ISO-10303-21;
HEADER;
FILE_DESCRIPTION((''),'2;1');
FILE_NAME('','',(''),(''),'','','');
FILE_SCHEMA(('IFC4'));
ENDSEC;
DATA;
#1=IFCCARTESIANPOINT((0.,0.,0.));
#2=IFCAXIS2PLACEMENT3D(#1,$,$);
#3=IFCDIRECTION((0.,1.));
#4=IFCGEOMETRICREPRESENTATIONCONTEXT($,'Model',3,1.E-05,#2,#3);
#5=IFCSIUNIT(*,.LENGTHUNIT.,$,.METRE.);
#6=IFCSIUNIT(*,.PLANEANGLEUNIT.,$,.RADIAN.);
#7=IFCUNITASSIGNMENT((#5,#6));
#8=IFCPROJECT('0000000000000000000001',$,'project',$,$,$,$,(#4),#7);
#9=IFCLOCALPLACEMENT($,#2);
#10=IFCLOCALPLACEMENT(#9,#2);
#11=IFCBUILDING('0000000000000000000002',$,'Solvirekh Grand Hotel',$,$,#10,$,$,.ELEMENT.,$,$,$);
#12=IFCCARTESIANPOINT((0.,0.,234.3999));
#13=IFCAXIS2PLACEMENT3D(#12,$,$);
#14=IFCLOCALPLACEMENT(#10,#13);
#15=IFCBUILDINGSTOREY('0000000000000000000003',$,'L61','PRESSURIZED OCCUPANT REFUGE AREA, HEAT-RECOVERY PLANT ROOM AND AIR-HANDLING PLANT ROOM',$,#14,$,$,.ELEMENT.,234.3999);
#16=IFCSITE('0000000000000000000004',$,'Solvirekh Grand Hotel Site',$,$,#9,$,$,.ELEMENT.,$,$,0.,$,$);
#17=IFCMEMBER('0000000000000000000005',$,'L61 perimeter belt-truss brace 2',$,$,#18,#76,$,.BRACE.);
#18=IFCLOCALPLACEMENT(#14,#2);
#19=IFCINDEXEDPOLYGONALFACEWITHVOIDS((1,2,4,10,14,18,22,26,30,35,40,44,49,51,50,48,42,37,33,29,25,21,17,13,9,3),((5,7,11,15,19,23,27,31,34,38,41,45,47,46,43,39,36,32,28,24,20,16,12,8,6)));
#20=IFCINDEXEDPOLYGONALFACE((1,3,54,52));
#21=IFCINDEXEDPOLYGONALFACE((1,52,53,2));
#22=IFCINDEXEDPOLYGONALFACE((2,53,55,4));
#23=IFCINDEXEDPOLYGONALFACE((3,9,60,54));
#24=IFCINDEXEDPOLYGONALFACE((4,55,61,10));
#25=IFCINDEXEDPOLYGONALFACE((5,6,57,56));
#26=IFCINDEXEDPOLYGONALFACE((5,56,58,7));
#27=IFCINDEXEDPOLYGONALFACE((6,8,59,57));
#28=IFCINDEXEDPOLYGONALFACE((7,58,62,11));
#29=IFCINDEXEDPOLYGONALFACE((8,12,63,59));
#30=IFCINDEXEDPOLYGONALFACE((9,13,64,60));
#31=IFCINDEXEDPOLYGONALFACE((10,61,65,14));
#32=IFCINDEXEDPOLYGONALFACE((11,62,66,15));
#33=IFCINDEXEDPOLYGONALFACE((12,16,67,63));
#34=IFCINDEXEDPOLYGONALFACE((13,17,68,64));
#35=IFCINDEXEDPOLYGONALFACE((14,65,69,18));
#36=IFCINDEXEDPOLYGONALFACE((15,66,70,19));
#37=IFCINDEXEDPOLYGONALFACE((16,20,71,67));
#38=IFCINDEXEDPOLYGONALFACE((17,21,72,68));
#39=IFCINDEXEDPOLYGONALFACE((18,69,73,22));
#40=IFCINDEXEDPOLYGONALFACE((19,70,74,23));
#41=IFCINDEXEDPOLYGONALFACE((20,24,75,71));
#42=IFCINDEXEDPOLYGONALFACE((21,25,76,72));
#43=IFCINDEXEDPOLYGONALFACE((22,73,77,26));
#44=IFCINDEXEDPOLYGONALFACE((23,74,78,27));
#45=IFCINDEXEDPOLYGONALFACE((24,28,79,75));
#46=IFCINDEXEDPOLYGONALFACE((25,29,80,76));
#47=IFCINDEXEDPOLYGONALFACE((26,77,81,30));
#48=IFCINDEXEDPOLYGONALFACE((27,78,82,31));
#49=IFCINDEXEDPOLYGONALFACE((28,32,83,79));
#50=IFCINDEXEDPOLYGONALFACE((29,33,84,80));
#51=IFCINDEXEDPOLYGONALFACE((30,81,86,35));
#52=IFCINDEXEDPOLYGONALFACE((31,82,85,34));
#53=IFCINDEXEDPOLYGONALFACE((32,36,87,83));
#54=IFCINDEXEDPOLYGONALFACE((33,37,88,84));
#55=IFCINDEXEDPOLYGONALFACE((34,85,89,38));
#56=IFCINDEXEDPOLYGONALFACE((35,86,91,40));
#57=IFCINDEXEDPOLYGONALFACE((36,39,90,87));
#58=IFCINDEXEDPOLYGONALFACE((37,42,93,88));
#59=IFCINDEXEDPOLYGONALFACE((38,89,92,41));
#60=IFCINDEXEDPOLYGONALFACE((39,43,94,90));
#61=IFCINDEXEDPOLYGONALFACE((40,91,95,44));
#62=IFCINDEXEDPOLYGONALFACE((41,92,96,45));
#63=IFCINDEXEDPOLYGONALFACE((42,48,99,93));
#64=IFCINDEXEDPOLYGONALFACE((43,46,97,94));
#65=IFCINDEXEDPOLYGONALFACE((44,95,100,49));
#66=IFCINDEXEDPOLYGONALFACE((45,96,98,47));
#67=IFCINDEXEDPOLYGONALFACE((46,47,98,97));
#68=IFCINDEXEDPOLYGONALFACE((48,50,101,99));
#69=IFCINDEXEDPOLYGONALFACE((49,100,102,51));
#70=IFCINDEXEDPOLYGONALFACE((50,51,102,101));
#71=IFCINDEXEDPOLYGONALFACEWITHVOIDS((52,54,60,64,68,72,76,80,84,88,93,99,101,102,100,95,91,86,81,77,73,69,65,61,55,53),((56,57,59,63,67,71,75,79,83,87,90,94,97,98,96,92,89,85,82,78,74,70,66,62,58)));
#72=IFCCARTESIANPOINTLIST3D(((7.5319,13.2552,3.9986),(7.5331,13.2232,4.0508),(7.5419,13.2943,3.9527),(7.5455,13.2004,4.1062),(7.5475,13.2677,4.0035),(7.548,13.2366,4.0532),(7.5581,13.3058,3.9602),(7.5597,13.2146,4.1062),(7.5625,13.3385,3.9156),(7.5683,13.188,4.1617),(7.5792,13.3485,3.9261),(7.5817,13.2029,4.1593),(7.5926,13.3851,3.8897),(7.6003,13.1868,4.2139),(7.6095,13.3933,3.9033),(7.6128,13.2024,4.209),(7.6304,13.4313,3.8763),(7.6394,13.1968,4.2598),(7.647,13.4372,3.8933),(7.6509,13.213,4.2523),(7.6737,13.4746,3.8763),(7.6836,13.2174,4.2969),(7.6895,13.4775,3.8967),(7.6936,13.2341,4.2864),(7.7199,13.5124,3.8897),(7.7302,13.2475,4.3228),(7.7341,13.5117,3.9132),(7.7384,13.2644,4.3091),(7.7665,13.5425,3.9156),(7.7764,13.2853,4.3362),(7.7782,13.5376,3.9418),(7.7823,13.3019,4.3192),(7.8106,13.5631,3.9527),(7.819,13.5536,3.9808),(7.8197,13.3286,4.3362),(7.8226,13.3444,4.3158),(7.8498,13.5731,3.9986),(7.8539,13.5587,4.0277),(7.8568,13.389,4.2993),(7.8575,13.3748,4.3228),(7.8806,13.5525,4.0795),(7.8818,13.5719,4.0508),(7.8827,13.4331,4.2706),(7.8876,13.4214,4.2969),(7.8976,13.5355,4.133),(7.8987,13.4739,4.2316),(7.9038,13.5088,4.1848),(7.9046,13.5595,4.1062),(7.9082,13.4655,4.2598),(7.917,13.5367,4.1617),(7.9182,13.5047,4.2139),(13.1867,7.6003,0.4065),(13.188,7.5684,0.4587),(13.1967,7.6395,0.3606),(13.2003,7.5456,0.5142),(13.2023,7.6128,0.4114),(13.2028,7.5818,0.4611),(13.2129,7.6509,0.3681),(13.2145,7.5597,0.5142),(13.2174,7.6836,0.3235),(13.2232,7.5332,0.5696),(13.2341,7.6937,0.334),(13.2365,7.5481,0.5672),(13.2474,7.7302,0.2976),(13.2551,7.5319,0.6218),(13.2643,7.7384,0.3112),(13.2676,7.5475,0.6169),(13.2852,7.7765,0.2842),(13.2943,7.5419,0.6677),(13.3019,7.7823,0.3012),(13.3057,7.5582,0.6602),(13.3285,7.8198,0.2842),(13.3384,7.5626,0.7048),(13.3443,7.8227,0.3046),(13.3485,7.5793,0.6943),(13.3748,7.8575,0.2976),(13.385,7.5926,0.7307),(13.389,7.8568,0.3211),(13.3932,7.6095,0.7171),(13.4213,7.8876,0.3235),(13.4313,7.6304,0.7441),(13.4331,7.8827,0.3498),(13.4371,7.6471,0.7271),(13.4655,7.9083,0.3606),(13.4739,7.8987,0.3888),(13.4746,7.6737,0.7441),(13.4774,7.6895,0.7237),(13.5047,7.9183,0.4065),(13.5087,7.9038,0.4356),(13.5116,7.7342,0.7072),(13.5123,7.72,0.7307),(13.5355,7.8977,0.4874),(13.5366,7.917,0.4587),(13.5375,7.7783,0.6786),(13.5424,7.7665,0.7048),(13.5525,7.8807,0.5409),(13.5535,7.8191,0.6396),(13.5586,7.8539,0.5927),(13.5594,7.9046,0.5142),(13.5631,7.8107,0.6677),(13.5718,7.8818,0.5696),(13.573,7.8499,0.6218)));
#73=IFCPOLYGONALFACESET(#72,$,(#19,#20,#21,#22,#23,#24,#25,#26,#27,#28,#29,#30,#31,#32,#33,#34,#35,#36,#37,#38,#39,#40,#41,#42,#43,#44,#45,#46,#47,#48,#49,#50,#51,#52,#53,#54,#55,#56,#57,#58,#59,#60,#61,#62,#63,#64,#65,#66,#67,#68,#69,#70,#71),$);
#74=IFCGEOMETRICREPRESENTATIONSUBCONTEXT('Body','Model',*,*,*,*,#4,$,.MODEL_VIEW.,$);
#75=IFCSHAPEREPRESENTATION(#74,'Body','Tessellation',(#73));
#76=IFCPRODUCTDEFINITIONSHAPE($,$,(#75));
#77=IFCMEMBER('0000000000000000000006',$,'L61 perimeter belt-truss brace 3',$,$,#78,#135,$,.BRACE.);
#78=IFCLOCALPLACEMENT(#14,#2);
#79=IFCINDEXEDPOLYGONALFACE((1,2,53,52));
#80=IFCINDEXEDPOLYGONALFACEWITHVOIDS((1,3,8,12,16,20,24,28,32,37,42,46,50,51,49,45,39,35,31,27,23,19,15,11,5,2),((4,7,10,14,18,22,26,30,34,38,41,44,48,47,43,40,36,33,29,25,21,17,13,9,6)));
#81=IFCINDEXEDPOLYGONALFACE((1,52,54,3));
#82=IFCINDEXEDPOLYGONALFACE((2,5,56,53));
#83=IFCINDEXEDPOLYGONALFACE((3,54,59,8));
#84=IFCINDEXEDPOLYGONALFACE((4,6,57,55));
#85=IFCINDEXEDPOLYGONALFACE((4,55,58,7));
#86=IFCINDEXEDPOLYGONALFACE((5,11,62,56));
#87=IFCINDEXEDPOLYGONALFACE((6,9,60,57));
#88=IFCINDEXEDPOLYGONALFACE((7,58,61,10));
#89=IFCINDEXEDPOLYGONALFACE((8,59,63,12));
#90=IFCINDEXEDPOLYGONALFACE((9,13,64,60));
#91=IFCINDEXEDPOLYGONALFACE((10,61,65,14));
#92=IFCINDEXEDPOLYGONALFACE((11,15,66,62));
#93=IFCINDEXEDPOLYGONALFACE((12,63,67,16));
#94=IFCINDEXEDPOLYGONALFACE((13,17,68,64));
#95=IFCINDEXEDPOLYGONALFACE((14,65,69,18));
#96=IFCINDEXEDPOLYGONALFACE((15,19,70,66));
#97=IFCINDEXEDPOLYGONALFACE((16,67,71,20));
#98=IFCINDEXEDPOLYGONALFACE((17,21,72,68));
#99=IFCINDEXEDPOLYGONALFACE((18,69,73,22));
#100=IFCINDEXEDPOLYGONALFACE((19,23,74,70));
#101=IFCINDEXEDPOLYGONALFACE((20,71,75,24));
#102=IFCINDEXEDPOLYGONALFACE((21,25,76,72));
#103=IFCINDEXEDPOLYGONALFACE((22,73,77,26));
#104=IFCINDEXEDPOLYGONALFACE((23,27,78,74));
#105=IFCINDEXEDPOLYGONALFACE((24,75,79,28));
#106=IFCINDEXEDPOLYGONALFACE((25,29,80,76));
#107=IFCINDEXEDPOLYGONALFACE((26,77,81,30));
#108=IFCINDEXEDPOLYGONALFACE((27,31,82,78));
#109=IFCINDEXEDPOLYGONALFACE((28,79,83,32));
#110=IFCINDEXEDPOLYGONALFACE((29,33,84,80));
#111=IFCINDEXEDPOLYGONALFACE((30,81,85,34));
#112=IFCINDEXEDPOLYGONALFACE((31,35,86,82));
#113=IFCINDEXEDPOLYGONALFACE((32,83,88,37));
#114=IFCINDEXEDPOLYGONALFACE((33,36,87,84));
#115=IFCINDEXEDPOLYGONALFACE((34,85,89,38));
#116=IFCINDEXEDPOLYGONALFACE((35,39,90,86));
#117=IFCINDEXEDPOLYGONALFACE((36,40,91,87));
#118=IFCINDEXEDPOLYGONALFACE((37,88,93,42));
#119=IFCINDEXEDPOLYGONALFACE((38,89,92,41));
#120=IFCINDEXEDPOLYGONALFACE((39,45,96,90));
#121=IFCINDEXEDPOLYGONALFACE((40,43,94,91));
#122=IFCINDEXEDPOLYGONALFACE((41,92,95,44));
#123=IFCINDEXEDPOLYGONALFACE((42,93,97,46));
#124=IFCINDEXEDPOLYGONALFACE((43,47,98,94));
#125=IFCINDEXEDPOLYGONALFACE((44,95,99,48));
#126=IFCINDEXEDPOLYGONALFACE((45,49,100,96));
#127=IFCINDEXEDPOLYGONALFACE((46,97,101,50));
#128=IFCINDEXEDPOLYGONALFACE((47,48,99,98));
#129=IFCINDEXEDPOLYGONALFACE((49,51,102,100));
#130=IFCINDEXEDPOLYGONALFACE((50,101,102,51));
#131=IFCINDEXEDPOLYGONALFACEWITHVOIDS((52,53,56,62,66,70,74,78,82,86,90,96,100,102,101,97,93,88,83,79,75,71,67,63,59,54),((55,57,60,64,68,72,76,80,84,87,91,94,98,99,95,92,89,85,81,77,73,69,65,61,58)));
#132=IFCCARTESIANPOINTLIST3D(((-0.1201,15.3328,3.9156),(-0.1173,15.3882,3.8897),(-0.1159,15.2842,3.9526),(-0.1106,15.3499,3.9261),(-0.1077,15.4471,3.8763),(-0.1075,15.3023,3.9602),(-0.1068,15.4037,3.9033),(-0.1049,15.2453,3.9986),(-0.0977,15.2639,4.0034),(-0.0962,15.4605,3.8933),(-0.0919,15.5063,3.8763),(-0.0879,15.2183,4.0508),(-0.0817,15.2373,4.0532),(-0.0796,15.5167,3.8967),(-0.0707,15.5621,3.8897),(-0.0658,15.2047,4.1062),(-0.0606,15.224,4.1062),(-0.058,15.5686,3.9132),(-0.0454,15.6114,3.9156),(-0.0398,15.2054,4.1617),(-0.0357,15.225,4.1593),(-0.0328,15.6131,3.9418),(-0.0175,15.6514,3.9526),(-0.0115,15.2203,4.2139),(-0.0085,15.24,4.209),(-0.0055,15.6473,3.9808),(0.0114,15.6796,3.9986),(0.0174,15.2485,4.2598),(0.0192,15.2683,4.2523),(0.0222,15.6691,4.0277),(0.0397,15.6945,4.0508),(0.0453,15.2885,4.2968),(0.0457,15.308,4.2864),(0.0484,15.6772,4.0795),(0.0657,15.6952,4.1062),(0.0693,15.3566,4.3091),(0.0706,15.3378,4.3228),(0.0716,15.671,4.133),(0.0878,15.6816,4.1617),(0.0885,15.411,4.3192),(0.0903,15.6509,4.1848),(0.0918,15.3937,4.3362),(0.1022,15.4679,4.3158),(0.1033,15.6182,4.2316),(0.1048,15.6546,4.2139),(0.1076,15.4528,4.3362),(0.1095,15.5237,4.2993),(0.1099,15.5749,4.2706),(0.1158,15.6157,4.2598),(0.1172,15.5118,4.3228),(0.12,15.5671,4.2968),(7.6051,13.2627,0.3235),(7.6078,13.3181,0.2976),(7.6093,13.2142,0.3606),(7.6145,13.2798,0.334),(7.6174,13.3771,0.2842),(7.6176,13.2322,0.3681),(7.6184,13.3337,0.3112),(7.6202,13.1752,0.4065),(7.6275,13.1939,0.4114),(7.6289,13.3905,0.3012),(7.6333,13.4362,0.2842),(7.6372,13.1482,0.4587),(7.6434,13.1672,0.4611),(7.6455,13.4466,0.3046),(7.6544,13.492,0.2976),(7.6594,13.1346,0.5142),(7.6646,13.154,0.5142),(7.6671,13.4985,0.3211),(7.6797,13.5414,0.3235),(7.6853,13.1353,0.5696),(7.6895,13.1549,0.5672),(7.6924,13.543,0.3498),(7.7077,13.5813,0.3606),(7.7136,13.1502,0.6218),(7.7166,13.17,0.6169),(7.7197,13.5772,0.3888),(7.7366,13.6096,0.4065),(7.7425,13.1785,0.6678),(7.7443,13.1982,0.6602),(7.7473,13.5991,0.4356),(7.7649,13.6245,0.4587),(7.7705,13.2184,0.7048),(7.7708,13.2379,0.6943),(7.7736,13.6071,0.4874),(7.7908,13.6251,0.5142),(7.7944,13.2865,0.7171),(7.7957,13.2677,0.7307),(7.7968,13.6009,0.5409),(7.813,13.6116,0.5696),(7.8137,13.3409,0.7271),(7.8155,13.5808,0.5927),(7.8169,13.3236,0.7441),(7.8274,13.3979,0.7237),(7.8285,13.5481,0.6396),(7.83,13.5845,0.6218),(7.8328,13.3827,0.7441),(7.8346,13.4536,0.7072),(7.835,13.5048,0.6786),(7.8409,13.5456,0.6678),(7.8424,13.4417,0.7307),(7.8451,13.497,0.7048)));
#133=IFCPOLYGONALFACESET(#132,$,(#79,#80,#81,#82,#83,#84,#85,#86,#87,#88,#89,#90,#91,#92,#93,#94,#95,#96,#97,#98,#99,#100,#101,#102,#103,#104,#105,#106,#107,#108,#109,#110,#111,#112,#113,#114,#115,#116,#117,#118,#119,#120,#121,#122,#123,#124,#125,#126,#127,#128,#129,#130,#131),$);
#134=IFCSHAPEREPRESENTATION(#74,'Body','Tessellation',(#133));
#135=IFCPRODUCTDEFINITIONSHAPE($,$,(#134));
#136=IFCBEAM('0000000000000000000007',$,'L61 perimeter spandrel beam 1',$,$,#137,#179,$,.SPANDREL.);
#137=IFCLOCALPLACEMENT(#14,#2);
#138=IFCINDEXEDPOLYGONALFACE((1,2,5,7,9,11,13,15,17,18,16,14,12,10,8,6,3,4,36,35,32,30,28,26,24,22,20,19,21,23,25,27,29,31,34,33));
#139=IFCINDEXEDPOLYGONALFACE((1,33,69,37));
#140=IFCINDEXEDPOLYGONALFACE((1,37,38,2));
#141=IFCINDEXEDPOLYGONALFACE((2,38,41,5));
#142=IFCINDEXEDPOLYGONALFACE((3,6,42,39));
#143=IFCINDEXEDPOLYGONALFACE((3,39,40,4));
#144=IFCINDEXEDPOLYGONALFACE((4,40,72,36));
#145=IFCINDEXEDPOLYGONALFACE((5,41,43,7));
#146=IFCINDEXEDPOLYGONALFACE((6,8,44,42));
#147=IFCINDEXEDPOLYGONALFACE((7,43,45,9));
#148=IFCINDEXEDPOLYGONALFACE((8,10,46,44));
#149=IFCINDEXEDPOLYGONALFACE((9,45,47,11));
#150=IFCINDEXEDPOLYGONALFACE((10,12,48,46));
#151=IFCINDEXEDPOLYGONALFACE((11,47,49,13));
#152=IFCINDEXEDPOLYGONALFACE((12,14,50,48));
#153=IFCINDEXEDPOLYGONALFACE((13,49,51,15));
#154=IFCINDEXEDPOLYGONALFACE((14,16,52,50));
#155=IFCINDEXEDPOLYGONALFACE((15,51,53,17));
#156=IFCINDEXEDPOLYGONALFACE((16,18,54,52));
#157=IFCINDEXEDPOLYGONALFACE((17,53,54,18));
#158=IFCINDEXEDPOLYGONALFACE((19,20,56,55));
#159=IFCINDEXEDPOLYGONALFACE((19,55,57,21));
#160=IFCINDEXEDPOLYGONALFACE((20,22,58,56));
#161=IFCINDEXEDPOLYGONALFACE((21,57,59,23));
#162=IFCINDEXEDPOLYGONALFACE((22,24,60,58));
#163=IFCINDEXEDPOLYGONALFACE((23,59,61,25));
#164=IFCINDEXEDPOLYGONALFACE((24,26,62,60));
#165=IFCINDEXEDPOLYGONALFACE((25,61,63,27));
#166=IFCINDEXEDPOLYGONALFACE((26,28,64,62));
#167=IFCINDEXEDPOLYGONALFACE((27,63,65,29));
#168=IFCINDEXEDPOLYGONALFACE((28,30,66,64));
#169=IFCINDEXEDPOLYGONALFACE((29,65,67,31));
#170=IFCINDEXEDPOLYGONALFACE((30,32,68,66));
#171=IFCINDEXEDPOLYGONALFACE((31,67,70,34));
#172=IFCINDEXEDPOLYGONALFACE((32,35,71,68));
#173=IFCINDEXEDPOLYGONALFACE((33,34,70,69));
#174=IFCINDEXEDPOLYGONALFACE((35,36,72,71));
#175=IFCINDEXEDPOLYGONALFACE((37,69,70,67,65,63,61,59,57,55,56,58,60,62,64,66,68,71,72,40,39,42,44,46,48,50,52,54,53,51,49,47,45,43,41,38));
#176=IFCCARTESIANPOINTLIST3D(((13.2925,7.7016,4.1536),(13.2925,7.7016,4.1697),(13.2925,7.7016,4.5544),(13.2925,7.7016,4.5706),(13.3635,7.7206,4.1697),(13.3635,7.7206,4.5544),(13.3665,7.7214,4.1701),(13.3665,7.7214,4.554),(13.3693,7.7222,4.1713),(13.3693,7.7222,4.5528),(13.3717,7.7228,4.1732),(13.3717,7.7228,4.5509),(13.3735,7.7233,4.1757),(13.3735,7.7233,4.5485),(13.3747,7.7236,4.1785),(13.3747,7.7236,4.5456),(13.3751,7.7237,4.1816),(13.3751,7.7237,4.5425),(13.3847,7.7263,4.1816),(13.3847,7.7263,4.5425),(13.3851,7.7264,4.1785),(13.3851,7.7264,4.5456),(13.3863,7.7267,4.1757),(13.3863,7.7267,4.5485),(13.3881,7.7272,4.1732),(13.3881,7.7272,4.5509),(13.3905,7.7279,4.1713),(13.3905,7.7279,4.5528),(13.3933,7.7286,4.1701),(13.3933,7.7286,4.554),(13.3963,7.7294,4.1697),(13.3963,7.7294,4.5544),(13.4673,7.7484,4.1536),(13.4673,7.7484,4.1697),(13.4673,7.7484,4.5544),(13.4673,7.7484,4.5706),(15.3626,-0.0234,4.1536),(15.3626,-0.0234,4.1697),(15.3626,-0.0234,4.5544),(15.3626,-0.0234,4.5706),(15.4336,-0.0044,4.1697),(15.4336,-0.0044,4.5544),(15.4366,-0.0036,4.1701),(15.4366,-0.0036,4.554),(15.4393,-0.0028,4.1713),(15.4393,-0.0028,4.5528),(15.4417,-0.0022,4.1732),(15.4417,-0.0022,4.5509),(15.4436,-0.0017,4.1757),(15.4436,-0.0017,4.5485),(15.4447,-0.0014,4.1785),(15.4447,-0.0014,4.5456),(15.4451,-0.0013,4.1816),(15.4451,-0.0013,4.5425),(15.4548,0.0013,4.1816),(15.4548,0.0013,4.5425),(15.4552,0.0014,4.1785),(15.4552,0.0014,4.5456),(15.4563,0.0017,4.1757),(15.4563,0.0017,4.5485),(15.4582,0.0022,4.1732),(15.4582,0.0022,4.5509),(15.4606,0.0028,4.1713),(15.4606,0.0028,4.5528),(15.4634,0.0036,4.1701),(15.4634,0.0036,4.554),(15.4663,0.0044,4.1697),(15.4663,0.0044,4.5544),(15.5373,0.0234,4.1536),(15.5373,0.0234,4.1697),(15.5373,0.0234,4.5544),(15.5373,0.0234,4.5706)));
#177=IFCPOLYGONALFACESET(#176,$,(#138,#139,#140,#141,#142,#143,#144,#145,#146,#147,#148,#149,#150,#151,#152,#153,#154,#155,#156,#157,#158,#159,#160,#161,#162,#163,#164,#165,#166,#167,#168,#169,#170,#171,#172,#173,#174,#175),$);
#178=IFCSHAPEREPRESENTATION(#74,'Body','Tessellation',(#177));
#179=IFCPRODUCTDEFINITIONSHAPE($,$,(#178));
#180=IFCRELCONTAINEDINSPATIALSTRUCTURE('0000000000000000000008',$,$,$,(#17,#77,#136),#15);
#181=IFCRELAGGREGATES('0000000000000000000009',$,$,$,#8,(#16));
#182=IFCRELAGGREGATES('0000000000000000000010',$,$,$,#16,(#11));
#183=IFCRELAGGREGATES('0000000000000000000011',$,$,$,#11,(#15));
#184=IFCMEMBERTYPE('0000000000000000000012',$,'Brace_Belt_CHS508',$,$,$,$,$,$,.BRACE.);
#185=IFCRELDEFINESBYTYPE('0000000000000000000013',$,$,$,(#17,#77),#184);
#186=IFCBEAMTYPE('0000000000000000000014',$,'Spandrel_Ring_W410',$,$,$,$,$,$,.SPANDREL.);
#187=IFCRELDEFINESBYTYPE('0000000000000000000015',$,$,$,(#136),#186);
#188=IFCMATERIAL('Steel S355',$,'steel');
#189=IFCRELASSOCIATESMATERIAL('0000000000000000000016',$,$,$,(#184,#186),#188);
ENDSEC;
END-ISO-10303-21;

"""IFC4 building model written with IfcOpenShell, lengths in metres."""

from ifc_helpers import new_model, si_unit, direction, frame, origin, origin_2d, place, context, subcontext, project, spatial, hollow_circle, i_section, extrude, material, material_profile, profile_set, type_object, element, save


model = new_model("IFC4")

# Units and contexts
model_context = context("Model", 3, precision=1e-05, world=origin(), true_north=direction((0.0, 1.0)))
body_context = subcontext(model_context, "Body", "Model", "MODEL_VIEW")
ifc_project = project(units=[si_unit("LENGTHUNIT", "METRE"), si_unit("PLANEANGLEUNIT", "RADIAN")], contexts=[model_context])

# Site, building, storey
site_placement = place(None, origin())
site = spatial("IfcSite", under=ifc_project, at=site_placement, Name="Solvirekh Grand Hotel Site", CompositionType="ELEMENT", RefElevation=0.0)
building_placement = place(site_placement, origin())
building = spatial("IfcBuilding", under=site, at=building_placement, Name="Solvirekh Grand Hotel", CompositionType="ELEMENT")
storey_placement = place(building_placement, frame((0.0, 0.0, 234.3999)))
storey = spatial("IfcBuildingStorey", under=building, at=storey_placement, Name="L61", Description="PRESSURIZED OCCUPANT REFUGE AREA, HEAT-RECOVERY PLANT ROOM AND AIR-HANDLING PLANT ROOM", CompositionType="ELEMENT", Elevation=234.3999)

# Members
ifc_material_1 = material(Name="Steel S355", Category="steel")
ifc_material_profile_1 = material_profile(ifc_material_1, hollow_circle(Radius=0.2539, WallThickness=0.02, at=origin_2d()), Name="CHS 508X20")
ifc_profile_set_1 = profile_set([ifc_material_profile_1], Name="Steel S355")
member_type = type_object("IfcMemberType", Name="Brace_Belt_CHS508", PredefinedType="BRACE", material=ifc_profile_set_1)
member_1_placement = place(storey_placement, frame((13.3799, 7.7251, 0.5142), z_axis=(-0.645026, 0.645026, 0.409735), x_axis=(-0.707107, -0.707107, 0.0)))
element("IfcMember", 1, at=member_1_placement, inside=storey, type_object=member_type, Name="L61 perimeter belt-truss brace 2", PredefinedType="BRACE", context=body_context, shape_type="SweptSolid", body=[
    extrude(hollow_circle(Radius=0.2539, WallThickness=0.02, at=origin_2d()), origin(), (0.0, 0.0, 1.0), 8.7668),
])
member_2_placement = place(storey_placement, frame((7.7251, 13.3799, 0.5142), z_axis=(-0.881129, 0.236113, 0.40971), x_axis=(-0.258835, -0.965922, 0.0)))
element("IfcMember", 2, at=member_2_placement, inside=storey, type_object=member_type, Name="L61 perimeter belt-truss brace 3", PredefinedType="BRACE", context=body_context, shape_type="SweptSolid", body=[
    extrude(hollow_circle(Radius=0.2539, WallThickness=0.02, at=origin_2d()), origin(), (0.0, 0.0, 1.0), 8.7673),
])

# Beam
ifc_material_profile_2 = material_profile(ifc_material_1, i_section(OverallWidth=0.1809, OverallDepth=0.417, WebThickness=0.01, FlangeThickness=0.0161, FilletRadius=0.012, at=origin_2d()), Name="W410X85")
ifc_profile_set_2 = profile_set([ifc_material_profile_2], Name="Steel S355")
beam_type = type_object("IfcBeamType", Name="Spandrel_Ring_W410", PredefinedType="SPANDREL", material=ifc_profile_set_2)
beam_1_placement = place(storey_placement, frame((15.45, 0.0, 4.3621), z_axis=(-0.258835, 0.965922, 0.0), x_axis=(-0.965922, -0.258835, 0.0)))
element("IfcBeam", 3, at=beam_1_placement, inside=storey, type_object=beam_type, Name="L61 perimeter spandrel beam 1", PredefinedType="SPANDREL", context=body_context, shape_type="SweptSolid", body=[
    extrude(i_section(OverallWidth=0.1809, OverallDepth=0.417, WebThickness=0.01, FlangeThickness=0.0161, FilletRadius=0.012, at=origin_2d()), origin(), (0.0, 0.0, 1.0), 7.9976),
])

save(model, "model.ifc")
